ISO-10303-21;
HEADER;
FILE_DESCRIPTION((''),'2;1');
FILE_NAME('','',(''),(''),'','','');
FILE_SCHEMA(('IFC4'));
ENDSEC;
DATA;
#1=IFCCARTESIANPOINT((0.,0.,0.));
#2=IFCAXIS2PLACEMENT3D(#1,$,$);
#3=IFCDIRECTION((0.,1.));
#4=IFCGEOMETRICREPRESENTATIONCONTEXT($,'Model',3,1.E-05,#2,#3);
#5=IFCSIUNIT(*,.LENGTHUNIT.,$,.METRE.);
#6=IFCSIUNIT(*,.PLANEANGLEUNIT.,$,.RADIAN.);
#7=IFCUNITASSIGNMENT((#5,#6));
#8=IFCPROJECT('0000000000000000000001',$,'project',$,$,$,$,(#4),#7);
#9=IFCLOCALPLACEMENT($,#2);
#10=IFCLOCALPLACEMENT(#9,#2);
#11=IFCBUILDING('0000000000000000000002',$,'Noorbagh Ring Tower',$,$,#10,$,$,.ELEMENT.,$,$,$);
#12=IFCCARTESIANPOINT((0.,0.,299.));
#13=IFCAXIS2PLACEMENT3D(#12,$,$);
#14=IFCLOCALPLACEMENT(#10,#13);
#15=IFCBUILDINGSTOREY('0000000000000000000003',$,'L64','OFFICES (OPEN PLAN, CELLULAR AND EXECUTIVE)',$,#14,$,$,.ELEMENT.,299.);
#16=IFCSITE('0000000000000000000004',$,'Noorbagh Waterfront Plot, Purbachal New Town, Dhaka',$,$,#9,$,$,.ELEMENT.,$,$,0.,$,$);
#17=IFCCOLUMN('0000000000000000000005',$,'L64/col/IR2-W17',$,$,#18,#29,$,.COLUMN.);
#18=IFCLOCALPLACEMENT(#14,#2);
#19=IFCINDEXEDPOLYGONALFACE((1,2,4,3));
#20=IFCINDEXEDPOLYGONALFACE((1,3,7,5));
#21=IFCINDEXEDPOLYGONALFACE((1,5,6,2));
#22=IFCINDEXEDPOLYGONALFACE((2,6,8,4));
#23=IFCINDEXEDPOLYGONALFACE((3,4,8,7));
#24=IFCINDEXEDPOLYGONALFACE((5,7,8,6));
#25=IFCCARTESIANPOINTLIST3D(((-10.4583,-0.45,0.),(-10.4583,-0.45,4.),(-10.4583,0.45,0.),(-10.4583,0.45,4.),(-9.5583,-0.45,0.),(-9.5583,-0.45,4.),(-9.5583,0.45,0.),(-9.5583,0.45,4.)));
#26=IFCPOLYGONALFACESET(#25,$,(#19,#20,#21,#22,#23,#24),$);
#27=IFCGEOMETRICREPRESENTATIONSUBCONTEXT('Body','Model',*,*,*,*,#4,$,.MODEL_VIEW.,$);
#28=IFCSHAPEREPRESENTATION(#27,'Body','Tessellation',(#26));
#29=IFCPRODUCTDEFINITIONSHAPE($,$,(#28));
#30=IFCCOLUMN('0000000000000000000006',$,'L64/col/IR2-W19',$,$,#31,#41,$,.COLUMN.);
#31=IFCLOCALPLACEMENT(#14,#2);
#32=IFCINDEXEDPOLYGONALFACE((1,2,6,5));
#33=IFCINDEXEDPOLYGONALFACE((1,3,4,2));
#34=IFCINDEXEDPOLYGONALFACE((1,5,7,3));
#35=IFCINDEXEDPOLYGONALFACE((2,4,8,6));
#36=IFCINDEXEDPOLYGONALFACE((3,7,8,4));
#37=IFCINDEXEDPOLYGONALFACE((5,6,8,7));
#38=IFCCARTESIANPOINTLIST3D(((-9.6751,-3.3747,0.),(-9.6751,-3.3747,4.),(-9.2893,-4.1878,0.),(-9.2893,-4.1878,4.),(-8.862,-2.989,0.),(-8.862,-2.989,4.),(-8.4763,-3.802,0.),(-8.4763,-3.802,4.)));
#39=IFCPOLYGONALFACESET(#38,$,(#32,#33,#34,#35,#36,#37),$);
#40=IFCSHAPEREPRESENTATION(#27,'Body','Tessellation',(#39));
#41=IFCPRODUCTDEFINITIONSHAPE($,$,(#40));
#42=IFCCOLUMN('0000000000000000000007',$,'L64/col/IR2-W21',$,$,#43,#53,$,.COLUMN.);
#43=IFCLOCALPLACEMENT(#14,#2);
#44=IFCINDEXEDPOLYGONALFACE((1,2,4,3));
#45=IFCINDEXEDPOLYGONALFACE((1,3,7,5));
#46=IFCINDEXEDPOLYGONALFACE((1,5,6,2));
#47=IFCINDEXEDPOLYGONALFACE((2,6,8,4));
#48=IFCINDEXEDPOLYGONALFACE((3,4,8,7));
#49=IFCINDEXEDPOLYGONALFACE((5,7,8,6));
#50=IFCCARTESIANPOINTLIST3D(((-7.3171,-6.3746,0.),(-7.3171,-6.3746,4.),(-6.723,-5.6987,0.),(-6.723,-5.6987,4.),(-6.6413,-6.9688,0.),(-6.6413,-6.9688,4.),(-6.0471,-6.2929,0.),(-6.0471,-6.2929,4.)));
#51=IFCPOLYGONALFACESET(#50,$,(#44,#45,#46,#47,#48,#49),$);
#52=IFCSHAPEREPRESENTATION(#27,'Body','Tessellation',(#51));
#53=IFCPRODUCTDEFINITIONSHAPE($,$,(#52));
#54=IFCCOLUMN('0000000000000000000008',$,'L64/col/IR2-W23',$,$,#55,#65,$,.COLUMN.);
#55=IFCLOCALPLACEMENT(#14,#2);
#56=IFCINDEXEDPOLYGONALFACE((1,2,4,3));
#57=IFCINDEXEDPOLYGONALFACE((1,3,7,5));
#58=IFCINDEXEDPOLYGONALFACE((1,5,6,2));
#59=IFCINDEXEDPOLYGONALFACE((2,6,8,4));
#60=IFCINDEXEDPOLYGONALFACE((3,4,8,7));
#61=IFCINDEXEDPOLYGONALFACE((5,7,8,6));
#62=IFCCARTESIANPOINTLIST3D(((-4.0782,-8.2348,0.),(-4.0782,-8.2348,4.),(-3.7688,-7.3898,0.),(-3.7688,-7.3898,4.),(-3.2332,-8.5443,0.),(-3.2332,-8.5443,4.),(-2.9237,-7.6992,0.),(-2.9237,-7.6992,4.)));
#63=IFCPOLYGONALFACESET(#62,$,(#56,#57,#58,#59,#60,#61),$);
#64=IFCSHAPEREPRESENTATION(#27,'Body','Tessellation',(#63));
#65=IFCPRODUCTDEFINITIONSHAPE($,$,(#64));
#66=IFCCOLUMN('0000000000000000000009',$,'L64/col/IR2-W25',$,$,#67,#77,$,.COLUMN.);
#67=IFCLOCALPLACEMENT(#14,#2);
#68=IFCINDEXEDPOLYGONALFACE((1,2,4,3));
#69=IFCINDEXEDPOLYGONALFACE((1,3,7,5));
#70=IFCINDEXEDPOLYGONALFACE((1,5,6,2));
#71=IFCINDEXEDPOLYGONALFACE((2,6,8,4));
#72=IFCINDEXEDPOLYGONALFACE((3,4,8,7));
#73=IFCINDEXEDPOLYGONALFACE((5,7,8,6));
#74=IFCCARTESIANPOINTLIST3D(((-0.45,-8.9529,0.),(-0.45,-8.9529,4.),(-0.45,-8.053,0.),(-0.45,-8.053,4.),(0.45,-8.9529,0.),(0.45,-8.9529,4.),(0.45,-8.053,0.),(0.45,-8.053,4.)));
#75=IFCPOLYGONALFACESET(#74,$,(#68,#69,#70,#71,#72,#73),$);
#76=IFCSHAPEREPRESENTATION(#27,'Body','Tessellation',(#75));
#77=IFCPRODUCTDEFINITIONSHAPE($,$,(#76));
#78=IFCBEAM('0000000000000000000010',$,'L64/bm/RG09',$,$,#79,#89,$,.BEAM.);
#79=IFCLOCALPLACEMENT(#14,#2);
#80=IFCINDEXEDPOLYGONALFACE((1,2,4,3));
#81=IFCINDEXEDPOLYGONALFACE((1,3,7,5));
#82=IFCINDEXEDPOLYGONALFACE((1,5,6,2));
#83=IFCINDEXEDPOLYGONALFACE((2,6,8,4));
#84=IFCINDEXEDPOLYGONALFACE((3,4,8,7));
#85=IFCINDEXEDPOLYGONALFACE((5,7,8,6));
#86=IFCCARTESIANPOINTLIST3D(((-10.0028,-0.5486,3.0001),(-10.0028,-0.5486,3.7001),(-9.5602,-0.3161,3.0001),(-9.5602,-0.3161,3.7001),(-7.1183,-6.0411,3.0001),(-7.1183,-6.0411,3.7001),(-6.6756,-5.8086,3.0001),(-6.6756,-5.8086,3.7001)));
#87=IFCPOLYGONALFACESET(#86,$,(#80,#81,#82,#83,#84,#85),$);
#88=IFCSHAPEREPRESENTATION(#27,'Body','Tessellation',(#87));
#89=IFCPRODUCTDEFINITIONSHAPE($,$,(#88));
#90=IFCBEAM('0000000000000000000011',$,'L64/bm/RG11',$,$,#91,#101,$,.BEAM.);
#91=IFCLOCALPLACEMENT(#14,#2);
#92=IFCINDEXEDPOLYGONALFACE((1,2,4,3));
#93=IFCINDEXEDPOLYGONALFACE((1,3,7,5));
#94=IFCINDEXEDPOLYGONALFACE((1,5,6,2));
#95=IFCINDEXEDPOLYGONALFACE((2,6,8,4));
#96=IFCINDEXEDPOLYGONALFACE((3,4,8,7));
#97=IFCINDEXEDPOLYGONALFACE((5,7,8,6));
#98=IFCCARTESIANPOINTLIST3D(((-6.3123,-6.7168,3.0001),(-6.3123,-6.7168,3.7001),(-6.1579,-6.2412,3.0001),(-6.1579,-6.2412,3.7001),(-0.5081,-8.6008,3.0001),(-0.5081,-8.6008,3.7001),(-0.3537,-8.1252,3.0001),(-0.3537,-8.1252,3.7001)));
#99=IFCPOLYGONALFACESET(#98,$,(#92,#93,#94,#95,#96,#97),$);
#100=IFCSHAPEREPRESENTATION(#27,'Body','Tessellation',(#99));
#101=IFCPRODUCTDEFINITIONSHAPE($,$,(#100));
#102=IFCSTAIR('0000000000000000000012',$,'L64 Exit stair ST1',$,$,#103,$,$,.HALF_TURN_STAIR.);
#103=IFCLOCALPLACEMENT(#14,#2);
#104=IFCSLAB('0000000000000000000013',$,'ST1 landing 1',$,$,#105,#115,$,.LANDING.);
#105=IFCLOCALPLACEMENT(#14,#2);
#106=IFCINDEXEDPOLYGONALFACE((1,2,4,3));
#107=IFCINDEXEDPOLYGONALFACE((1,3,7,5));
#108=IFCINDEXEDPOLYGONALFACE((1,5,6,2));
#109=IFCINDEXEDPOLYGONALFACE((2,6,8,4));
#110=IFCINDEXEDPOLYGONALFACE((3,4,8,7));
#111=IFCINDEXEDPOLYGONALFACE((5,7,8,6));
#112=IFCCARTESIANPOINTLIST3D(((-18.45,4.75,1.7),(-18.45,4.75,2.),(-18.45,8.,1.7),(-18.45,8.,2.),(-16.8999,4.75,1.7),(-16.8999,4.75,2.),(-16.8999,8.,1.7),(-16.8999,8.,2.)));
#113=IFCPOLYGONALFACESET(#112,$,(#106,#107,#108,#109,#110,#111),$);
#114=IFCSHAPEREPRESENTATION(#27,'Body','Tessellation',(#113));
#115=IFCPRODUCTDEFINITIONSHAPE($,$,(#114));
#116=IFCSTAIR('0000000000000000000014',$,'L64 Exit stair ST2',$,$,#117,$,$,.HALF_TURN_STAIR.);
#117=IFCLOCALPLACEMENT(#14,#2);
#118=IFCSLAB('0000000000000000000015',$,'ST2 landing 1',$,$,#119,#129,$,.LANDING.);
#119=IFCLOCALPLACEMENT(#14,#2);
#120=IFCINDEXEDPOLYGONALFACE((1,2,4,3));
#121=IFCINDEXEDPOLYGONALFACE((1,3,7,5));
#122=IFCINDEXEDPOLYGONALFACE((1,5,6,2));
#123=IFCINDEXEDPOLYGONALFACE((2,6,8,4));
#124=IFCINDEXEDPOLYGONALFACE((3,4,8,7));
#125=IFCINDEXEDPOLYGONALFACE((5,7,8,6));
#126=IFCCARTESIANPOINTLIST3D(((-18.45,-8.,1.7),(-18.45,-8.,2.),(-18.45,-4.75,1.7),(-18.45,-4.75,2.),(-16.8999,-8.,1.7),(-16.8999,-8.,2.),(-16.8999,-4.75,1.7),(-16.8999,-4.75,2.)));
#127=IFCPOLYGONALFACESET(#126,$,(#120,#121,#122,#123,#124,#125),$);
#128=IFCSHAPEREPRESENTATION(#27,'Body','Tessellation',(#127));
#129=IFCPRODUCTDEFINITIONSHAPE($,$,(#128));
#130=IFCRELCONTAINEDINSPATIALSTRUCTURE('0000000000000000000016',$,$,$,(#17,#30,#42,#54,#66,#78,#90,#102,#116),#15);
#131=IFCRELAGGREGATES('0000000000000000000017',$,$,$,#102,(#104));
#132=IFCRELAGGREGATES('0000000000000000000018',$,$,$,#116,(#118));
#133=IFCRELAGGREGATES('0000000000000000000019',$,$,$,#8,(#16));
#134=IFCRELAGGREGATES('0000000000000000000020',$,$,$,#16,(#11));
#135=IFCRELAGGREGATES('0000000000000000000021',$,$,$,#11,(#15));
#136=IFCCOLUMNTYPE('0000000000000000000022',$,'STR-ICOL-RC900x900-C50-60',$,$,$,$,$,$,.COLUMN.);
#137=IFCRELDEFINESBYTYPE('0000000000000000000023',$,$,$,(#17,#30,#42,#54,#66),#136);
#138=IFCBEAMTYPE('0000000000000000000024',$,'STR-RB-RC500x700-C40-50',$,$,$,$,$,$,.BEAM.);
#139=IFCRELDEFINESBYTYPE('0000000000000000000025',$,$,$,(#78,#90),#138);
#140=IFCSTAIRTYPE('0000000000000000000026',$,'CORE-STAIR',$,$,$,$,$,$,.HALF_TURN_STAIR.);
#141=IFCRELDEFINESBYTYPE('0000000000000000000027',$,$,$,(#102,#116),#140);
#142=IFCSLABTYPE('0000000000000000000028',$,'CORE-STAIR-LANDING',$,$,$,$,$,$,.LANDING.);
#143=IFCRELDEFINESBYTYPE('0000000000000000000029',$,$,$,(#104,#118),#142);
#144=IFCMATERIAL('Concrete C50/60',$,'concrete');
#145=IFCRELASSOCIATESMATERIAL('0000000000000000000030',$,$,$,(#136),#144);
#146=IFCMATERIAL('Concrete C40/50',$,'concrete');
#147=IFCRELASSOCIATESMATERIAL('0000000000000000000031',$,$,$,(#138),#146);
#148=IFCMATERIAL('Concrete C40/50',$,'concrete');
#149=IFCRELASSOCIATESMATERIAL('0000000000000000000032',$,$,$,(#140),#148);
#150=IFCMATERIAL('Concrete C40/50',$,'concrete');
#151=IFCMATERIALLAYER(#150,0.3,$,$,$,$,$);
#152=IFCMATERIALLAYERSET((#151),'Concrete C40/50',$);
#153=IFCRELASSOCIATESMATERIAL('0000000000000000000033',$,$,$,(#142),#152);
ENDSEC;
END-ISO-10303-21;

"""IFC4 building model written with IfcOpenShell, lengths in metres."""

from ifc_helpers import new_model, si_unit, direction, frame, origin, origin_2d, place, context, subcontext, project, spatial, polyline, rectangle, outline, extrude, material, layer, layer_set, material_profile, profile_set, type_object, element, aggregate, save


model = new_model("IFC4")

# Units and contexts
model_context = context("Model", 3, precision=1e-05, world=origin(), true_north=direction((0.0, 1.0)))
body_context = subcontext(model_context, "Body", "Model", "MODEL_VIEW")
ifc_project = project(units=[si_unit("LENGTHUNIT", "METRE"), si_unit("PLANEANGLEUNIT", "RADIAN")], contexts=[model_context])

# Site, building, storey
site_placement = place(None, origin())
site = spatial("IfcSite", under=ifc_project, at=site_placement, Name="Noorbagh Waterfront Plot, Purbachal New Town, Dhaka", CompositionType="ELEMENT", RefElevation=0.0)
building_placement = place(site_placement, origin())
building = spatial("IfcBuilding", under=site, at=building_placement, Name="Noorbagh Ring Tower", CompositionType="ELEMENT")
storey_placement = place(building_placement, frame((0.0, 0.0, 299.0)))
storey = spatial("IfcBuildingStorey", under=building, at=storey_placement, Name="L64", Description="OFFICES (OPEN PLAN, CELLULAR AND EXECUTIVE)", CompositionType="ELEMENT", Elevation=299.0)

# Columns
ifc_material_1 = material(Name="Concrete C50/60", Category="concrete")
ifc_material_profile_1 = material_profile(ifc_material_1, rectangle(XDim=0.8999, YDim=0.8999, at=origin_2d()), Name="RC900x900")
ifc_profile_set_1 = profile_set([ifc_material_profile_1], Name="Concrete C50/60")
column_type = type_object("IfcColumnType", Name="STR-ICOL-RC900x900-C50-60", PredefinedType="COLUMN", material=ifc_profile_set_1)
for number, where, z_axis, x_axis, name in (
    (1, (-10.0083, 0.0, 0.0), (0.0, 0.0, 1.0), (0.0, -1.0, 0.0), "L64/col/IR2-W17"),
    (2, (-9.0757, -3.5884, 0.0), (0.0, 0.0, 1.0), (0.428667, -0.903463, 0.0), "L64/col/IR2-W19"),
    (3, (-6.6821, -6.3337, 0.0), (0.0, 0.0, 1.0), (0.751022, -0.660277, 0.0), "L64/col/IR2-W21"),
    (4, (-3.501, -7.967, 0.0), (0.0, 0.0, 1.0), (0.93902, -0.343864, 0.0), "L64/col/IR2-W23"),
    (5, (0.0, -8.5029, 0.0), (0.0, 0.0, 1.0), (1.0, 0.0, 0.0), "L64/col/IR2-W25"),
):
    element("IfcColumn", number, at=place(storey_placement, frame(where, z_axis=z_axis, x_axis=x_axis)), inside=storey, type_object=column_type, Name=name, PredefinedType="COLUMN", context=body_context, shape_type="SweptSolid", body=[
        extrude(rectangle(XDim=0.8999, YDim=0.8999, at=origin_2d()), origin(), (0.0, 0.0, 1.0), 4.0),
    ])

# Beams
ifc_material_2 = material(Name="Concrete C40/50", Category="concrete")
ifc_material_profile_2 = material_profile(ifc_material_2, rectangle(XDim=0.5, YDim=0.7, at=origin_2d()), Name="RC500x700")
ifc_profile_set_2 = profile_set([ifc_material_profile_2], Name="Concrete C40/50")
beam_type = type_object("IfcBeamType", Name="STR-RB-RC500x700-C40-50", PredefinedType="BEAM", material=ifc_profile_set_2)
beam_1_placement = place(storey_placement, frame((-9.7815, -0.4324, 3.3501), z_axis=(0.46496, -0.885332, 0.0), x_axis=(0.885332, 0.46496, 0.0)))
element("IfcBeam", 6, at=beam_1_placement, inside=storey, type_object=beam_type, Name="L64/bm/RG09", PredefinedType="BEAM", context=body_context, shape_type="SweptSolid", body=[
    extrude(rectangle(XDim=0.5, YDim=0.7, at=origin_2d()), origin(), (0.0, 0.0, 1.0), 6.2039),
])
beam_2_placement = place(storey_placement, frame((-6.2351, -6.479, 3.3501), z_axis=(0.951146, -0.30874, 0.0), x_axis=(0.30874, 0.951146, 0.0)))
element("IfcBeam", 7, at=beam_2_placement, inside=storey, type_object=beam_type, Name="L64/bm/RG11", PredefinedType="BEAM", context=body_context, shape_type="SweptSolid", body=[
    extrude(rectangle(XDim=0.5, YDim=0.7, at=origin_2d()), origin(), (0.0, 0.0, 1.0), 6.1023),
])

# Stairs, slabs
ifc_material_3 = material(Name="Concrete C40/50", Category="concrete")
stair_type = type_object("IfcStairType", Name="CORE-STAIR", PredefinedType="HALF_TURN_STAIR", material=ifc_material_3)
stair_1_placement = place(storey_placement, origin())
stair_1 = element("IfcStair", 8, at=stair_1_placement, inside=storey, type_object=stair_type, Name="L64 Exit stair ST1", PredefinedType="HALF_TURN_STAIR")
ifc_material_4 = material(Name="Concrete C40/50", Category="concrete")
ifc_layer_1 = layer(ifc_material_4, 0.3)
ifc_layer_set_1 = layer_set([ifc_layer_1], Name="Concrete C40/50")
slab_type_1 = type_object("IfcSlabType", Name="CORE-STAIR-LANDING", PredefinedType="LANDING", material=ifc_layer_set_1)
slab_1_placement = place(storey_placement, frame((0.0, 0.0, 1.7)))
slab_1 = element("IfcSlab", 9, at=slab_1_placement, type_object=slab_type_1, Name="ST1 landing 1", PredefinedType="LANDING", context=body_context, shape_type="SweptSolid", body=[
    extrude(outline(polyline([(-18.45, 4.75), (-16.8999, 4.75), (-16.8999, 8.0), (-18.45, 8.0), (-18.45, 4.75)])), origin(), (0.0, 0.0, 1.0), 0.3),
])
aggregate(stair_1, [slab_1])
stair_2_placement = place(storey_placement, origin())
stair_2 = element("IfcStair", 10, at=stair_2_placement, inside=storey, type_object=stair_type, Name="L64 Exit stair ST2", PredefinedType="HALF_TURN_STAIR")
slab_2_placement = place(storey_placement, frame((0.0, 0.0, 1.7)))
slab_2 = element("IfcSlab", 11, at=slab_2_placement, type_object=slab_type_1, Name="ST2 landing 1", PredefinedType="LANDING", context=body_context, shape_type="SweptSolid", body=[
    extrude(outline(polyline([(-18.45, -8.0), (-16.8999, -8.0), (-16.8999, -4.75), (-18.45, -4.75), (-18.45, -8.0)])), origin(), (0.0, 0.0, 1.0), 0.3),
])

aggregate(stair_2, [slab_2])

save(model, "model.ifc")
